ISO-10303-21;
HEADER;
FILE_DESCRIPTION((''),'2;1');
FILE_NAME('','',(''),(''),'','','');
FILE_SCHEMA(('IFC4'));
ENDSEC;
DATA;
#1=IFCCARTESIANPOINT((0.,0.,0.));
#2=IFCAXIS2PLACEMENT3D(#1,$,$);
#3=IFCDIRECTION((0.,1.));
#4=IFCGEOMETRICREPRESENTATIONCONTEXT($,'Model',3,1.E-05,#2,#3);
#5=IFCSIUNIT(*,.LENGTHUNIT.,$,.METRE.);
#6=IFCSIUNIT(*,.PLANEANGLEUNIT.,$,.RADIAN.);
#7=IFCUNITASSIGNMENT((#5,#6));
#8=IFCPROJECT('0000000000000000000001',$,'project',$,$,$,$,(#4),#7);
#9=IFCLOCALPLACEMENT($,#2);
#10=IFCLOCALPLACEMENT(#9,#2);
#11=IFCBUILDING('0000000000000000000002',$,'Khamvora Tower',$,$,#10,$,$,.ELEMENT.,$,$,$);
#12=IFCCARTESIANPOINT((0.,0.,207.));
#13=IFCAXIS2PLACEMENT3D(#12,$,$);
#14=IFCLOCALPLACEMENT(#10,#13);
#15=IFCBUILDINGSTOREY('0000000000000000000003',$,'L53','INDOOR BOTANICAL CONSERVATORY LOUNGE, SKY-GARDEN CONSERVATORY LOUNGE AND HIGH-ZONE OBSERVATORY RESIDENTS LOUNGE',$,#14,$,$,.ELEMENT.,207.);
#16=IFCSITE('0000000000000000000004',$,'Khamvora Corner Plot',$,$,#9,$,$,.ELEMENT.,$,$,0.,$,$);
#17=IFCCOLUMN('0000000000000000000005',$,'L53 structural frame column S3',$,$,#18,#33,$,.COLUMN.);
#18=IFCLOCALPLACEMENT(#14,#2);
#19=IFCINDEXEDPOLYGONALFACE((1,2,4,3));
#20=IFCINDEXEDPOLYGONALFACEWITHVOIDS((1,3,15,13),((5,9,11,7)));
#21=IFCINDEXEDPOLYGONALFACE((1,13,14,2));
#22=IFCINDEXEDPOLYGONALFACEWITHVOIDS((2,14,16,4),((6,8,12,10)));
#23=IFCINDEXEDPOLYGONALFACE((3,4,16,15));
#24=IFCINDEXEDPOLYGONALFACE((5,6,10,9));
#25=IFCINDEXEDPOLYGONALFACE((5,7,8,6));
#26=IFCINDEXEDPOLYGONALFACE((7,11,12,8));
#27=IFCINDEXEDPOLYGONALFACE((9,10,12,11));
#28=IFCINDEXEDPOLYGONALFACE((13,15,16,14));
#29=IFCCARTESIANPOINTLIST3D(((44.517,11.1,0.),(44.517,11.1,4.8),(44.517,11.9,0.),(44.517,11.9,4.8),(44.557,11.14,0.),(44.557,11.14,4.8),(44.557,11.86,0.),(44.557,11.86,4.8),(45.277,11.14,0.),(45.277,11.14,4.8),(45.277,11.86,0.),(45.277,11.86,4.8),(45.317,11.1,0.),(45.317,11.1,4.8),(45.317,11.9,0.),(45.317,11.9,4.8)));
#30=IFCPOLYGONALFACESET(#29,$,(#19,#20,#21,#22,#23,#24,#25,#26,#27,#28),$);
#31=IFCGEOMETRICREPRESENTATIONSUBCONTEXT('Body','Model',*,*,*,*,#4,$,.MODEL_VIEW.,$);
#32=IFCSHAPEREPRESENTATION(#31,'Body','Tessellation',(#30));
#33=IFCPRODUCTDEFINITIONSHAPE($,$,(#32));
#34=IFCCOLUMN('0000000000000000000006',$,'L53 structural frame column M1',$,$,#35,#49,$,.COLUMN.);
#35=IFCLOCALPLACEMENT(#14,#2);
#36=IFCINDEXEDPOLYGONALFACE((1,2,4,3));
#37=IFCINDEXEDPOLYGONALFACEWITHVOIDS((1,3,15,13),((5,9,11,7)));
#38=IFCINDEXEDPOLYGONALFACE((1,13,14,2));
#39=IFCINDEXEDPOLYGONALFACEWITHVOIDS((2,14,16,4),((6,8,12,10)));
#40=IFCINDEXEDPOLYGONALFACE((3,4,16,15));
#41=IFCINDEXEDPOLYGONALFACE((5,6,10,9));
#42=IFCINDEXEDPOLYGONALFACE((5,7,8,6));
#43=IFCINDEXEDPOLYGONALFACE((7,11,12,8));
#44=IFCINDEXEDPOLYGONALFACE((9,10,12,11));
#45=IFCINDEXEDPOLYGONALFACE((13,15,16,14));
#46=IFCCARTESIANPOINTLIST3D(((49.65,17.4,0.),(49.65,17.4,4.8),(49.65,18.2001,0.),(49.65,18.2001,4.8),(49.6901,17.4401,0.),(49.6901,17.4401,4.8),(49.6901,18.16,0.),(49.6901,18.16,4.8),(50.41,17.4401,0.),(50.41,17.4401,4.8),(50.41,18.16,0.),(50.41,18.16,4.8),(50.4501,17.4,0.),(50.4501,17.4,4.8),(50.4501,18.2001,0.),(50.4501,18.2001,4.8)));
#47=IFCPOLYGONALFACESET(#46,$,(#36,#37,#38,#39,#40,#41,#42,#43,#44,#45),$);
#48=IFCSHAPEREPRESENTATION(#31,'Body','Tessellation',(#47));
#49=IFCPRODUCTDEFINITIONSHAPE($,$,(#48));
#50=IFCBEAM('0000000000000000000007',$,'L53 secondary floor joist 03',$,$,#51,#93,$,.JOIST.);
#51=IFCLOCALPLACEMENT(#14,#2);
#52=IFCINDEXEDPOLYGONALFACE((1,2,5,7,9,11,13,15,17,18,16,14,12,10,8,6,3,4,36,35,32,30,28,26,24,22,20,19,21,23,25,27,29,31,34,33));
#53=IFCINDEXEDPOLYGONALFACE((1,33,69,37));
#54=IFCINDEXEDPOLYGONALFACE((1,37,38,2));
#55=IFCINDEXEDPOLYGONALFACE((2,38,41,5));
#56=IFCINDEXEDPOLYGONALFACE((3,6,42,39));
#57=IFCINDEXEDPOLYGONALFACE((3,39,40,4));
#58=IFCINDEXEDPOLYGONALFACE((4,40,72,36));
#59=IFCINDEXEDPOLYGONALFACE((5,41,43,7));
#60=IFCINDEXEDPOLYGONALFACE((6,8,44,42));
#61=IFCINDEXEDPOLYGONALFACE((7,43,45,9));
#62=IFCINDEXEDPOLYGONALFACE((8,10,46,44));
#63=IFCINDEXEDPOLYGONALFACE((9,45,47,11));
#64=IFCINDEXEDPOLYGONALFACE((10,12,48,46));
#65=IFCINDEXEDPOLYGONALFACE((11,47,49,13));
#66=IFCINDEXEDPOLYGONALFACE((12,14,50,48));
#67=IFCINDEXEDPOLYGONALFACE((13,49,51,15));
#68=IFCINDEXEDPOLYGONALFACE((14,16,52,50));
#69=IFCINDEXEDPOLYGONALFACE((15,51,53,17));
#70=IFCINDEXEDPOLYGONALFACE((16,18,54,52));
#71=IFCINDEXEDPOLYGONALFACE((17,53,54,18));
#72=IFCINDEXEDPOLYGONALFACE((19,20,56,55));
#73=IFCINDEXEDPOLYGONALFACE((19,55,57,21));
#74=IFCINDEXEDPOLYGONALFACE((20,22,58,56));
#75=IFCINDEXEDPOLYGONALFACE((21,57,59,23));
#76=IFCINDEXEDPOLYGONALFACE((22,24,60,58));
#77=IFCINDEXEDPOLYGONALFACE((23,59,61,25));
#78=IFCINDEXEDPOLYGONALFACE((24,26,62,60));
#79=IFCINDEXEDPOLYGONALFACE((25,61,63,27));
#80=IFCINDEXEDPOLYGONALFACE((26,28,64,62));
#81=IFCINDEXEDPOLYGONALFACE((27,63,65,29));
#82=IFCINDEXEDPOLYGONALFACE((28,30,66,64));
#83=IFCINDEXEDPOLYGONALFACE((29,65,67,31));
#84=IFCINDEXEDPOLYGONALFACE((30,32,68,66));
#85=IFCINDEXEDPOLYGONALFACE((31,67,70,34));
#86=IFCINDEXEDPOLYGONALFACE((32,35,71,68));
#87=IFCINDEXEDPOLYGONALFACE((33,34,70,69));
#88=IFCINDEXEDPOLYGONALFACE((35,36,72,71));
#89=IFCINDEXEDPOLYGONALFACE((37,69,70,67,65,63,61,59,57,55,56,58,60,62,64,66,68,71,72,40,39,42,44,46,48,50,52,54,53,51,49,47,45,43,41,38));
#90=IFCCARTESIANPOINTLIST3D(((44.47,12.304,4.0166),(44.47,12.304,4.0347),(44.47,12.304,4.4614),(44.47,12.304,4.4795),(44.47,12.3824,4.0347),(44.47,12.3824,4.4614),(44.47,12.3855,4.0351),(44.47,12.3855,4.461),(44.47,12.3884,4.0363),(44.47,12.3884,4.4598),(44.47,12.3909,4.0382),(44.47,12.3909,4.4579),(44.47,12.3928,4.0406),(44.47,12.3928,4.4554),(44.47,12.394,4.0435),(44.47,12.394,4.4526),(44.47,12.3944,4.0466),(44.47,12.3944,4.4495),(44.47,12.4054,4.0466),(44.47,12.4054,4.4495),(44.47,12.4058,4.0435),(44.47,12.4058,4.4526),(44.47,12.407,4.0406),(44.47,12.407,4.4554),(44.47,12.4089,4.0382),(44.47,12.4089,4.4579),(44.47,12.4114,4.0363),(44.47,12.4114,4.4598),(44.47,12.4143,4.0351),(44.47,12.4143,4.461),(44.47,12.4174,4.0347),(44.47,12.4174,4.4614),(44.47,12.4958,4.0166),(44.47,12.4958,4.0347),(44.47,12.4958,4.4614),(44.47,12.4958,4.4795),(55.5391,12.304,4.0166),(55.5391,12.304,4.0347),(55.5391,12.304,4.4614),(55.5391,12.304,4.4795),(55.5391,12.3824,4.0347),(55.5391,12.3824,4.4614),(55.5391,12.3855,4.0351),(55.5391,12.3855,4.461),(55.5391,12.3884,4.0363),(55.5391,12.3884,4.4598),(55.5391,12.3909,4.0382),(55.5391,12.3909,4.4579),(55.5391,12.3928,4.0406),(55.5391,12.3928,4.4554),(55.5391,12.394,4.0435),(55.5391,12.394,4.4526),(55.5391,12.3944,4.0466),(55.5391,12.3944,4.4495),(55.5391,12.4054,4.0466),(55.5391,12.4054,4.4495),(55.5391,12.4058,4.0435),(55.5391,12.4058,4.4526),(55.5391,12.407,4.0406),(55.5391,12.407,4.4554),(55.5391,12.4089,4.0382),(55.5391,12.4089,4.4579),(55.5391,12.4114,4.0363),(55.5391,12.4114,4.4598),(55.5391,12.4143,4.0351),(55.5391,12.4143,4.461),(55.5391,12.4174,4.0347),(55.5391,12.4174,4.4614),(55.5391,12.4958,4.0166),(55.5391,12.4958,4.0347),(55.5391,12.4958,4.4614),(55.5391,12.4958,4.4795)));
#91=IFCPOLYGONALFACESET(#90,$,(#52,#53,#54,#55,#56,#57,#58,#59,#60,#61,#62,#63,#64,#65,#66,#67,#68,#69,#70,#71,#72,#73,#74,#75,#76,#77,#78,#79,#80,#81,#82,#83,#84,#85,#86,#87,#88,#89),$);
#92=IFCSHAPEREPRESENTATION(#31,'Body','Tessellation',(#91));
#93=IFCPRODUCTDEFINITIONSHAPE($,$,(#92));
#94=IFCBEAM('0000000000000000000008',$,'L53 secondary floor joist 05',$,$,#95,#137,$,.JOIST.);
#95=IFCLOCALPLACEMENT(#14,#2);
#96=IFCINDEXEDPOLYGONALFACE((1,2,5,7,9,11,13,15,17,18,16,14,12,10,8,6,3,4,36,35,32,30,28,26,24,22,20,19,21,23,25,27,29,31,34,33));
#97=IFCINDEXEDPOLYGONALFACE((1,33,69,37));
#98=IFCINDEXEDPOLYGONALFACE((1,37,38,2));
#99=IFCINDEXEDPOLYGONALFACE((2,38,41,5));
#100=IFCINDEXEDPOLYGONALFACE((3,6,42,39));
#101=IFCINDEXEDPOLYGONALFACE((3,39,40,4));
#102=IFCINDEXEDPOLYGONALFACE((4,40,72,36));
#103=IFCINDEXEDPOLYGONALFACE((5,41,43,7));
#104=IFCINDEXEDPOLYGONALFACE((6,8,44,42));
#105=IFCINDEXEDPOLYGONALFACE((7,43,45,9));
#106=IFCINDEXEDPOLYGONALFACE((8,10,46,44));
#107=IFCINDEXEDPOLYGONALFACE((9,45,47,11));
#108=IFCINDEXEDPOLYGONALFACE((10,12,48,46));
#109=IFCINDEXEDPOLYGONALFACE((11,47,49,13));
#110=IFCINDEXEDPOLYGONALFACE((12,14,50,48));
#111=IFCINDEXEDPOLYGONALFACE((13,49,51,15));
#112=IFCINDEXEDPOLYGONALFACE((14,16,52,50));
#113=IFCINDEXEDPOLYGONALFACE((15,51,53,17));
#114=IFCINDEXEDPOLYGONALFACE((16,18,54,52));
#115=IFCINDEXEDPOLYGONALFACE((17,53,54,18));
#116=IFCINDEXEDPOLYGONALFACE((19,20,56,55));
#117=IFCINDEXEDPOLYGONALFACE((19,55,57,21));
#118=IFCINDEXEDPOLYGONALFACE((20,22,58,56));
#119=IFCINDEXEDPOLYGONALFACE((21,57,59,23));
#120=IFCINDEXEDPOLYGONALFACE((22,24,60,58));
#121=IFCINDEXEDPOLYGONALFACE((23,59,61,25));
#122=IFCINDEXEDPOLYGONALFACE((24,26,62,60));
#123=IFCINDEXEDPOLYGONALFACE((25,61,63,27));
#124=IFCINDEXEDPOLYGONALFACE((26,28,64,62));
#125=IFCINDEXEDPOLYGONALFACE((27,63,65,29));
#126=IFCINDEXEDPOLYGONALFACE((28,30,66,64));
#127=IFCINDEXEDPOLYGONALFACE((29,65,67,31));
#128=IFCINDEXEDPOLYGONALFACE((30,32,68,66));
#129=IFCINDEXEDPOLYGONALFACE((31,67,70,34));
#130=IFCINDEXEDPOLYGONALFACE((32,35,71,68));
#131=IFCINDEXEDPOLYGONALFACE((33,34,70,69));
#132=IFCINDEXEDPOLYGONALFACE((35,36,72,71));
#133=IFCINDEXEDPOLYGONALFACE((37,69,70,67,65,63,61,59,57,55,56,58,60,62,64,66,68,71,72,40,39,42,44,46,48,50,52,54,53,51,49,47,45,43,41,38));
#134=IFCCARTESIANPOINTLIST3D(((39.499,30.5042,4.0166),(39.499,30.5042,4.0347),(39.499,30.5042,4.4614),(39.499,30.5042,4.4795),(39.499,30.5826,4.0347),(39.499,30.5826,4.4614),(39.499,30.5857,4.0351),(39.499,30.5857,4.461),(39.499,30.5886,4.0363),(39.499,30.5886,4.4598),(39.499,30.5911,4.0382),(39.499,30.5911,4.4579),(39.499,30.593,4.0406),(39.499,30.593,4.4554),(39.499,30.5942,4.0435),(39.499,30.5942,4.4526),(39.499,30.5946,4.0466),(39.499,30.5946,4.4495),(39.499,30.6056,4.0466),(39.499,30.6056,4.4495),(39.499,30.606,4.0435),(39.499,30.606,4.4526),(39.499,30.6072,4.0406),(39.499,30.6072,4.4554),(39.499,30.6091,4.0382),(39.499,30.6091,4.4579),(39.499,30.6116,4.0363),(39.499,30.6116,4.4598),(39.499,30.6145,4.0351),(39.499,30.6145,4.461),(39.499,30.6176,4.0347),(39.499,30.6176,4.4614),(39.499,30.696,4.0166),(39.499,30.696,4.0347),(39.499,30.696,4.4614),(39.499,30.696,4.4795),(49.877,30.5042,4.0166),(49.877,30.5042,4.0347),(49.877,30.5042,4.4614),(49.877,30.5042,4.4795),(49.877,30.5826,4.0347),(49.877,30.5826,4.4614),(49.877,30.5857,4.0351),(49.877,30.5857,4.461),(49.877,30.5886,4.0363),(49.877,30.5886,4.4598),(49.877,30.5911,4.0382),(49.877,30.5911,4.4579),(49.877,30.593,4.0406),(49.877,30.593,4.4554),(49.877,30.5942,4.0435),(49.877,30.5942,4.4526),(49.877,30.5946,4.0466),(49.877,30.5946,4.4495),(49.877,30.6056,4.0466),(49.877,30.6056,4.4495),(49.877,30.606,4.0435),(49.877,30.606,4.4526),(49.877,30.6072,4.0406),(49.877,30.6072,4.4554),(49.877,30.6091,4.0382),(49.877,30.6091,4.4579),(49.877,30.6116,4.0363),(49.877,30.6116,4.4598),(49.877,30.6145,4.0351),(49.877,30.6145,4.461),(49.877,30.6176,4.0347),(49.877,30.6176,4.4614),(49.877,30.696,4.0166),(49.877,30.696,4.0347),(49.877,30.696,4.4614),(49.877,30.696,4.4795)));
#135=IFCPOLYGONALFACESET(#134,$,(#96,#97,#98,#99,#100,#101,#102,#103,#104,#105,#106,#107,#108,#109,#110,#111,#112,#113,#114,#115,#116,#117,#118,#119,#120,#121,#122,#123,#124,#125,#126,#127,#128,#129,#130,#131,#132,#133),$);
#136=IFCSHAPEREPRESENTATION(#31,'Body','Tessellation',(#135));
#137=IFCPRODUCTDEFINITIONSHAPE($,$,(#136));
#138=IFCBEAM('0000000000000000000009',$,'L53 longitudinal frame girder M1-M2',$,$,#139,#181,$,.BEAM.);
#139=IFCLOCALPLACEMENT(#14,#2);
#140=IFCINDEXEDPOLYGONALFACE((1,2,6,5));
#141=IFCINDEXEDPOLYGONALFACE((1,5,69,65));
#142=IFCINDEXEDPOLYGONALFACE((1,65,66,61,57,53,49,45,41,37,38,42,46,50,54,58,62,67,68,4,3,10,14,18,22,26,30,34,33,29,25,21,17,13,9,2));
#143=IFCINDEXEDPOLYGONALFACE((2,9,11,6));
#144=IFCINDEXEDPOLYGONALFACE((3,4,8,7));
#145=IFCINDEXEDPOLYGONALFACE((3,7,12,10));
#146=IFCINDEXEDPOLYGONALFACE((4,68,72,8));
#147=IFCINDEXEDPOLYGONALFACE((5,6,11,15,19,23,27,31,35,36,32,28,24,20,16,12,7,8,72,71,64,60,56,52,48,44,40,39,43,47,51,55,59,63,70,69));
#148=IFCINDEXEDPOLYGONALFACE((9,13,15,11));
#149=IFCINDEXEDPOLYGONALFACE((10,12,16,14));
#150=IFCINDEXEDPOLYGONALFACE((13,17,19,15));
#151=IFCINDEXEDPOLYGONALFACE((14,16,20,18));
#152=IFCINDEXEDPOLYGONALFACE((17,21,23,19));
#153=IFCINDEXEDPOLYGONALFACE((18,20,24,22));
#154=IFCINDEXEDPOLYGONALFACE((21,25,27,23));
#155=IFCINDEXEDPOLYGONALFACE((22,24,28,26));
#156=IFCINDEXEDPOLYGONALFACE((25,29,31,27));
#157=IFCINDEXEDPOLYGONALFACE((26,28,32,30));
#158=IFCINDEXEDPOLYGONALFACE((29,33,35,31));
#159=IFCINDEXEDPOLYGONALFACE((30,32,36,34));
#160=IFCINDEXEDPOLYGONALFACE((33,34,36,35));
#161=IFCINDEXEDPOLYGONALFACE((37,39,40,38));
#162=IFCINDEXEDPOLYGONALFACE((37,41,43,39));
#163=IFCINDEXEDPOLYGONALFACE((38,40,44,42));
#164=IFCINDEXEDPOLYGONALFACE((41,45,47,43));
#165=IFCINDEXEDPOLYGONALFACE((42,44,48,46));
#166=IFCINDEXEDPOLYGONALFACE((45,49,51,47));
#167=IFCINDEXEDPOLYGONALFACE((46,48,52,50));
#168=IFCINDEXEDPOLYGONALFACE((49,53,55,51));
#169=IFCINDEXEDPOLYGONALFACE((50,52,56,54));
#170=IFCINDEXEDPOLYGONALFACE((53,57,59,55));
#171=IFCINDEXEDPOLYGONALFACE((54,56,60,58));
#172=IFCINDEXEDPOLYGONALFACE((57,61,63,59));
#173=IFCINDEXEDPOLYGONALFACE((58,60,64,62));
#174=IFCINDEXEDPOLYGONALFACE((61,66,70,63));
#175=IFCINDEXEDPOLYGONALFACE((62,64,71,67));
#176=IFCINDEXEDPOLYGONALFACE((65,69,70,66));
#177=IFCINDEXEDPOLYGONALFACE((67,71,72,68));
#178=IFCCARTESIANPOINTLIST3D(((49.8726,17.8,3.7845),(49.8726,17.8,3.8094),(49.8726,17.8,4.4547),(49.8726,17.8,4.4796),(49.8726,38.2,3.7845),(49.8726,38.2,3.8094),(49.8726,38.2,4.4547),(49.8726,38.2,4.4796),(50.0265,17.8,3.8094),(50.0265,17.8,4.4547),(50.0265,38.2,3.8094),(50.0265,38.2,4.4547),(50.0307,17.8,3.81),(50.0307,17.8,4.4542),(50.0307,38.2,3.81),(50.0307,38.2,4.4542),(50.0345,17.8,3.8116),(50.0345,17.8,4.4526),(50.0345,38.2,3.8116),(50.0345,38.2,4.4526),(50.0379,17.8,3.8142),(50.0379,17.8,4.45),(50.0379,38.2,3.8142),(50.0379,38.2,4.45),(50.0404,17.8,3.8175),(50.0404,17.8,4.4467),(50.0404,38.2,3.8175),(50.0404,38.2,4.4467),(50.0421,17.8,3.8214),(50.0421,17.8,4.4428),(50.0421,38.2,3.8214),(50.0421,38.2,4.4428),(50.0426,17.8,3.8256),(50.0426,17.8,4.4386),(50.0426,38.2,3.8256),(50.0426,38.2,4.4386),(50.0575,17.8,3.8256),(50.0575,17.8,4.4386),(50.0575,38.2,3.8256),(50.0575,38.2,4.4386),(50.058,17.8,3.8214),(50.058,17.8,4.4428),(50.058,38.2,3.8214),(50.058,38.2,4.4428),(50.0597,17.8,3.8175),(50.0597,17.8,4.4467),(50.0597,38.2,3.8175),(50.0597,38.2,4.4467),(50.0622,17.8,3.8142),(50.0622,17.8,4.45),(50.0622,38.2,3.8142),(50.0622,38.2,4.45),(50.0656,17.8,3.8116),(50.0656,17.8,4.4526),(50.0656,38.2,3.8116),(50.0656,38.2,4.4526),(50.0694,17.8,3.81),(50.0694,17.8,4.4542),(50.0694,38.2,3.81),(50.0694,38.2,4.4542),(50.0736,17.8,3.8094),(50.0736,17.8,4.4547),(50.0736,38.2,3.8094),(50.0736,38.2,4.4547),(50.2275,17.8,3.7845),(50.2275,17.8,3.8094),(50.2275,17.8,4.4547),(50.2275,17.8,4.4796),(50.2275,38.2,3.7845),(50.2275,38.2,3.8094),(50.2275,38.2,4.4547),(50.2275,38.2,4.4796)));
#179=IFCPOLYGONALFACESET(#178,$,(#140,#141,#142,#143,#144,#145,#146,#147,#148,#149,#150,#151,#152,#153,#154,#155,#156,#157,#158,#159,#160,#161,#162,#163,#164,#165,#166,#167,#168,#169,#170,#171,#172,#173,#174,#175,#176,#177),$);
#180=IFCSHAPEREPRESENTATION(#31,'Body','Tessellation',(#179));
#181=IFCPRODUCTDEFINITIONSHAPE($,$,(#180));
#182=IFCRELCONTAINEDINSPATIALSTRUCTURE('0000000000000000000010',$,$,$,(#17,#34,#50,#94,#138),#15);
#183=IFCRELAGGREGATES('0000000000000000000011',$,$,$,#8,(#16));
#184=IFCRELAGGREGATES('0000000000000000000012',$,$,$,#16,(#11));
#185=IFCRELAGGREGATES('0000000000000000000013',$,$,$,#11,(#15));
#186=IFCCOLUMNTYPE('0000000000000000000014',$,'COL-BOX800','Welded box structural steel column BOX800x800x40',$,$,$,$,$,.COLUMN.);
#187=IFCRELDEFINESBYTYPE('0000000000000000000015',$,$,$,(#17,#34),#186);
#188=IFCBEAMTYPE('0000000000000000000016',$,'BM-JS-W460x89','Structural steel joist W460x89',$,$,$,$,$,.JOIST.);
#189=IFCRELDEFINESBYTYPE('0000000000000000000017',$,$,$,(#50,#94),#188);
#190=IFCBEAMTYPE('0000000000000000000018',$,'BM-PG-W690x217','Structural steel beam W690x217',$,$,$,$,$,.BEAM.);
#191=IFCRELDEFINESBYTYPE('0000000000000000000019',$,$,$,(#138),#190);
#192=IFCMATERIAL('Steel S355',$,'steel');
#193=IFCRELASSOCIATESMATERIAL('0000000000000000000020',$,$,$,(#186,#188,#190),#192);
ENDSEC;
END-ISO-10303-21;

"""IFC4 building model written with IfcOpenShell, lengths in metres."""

from ifc_helpers import new_model, si_unit, direction, frame, origin, origin_2d, place, context, subcontext, project, spatial, hollow_rectangle, i_section, extrude, material, material_profile, profile_set, type_object, element, save


model = new_model("IFC4")

# Units and contexts
model_context = context("Model", 3, precision=1e-05, world=origin(), true_north=direction((0.0, 1.0)))
body_context = subcontext(model_context, "Body", "Model", "MODEL_VIEW")
ifc_project = project(units=[si_unit("LENGTHUNIT", "METRE"), si_unit("PLANEANGLEUNIT", "RADIAN")], contexts=[model_context])

# Site, building, storey
site_placement = place(None, origin())
site = spatial("IfcSite", under=ifc_project, at=site_placement, Name="Khamvora Corner Plot", CompositionType="ELEMENT", RefElevation=0.0)
building_placement = place(site_placement, origin())
building = spatial("IfcBuilding", under=site, at=building_placement, Name="Khamvora Tower", CompositionType="ELEMENT")
storey_placement = place(building_placement, frame((0.0, 0.0, 207.0)))
storey = spatial("IfcBuildingStorey", under=building, at=storey_placement, Name="L53", Description="INDOOR BOTANICAL CONSERVATORY LOUNGE, SKY-GARDEN CONSERVATORY LOUNGE AND HIGH-ZONE OBSERVATORY RESIDENTS LOUNGE", CompositionType="ELEMENT", Elevation=207.0)

# Columns
ifc_material_1 = material(Name="Steel S355", Category="steel")
ifc_material_profile_1 = material_profile(ifc_material_1, hollow_rectangle(XDim=0.8, YDim=0.8, WallThickness=0.04, at=origin_2d()), Name="BOX800x800x40")
ifc_profile_set_1 = profile_set([ifc_material_profile_1], Name="Steel S355")
column_type = type_object("IfcColumnType", Name="COL-BOX800", Description="Welded box structural steel column BOX800x800x40", PredefinedType="COLUMN", material=ifc_profile_set_1)
for number, where, z_axis, x_axis, name in (
    (1, (44.917, 11.5, 0.0), (0.0, 0.0, 1.0), (1.0, 0.0, 0.0), "L53 structural frame column S3"),
    (2, (50.05, 17.8, 0.0), (0.0, 0.0, 1.0), (1.0, 0.0, 0.0), "L53 structural frame column M1"),
):
    element("IfcColumn", number, at=place(storey_placement, frame(where, z_axis=z_axis, x_axis=x_axis)), inside=storey, type_object=column_type, Name=name, PredefinedType="COLUMN", context=body_context, shape_type="SweptSolid", body=[
        extrude(hollow_rectangle(XDim=0.8, YDim=0.8, WallThickness=0.04, at=origin_2d()), origin(), (0.0, 0.0, 1.0), 4.8),
    ])

# Beams
ifc_material_profile_2 = material_profile(ifc_material_1, i_section(OverallWidth=0.1919, OverallDepth=0.4629, WebThickness=0.011, FlangeThickness=0.0181, FilletRadius=0.012, at=origin_2d()), Name="W460x89")
ifc_profile_set_2 = profile_set([ifc_material_profile_2], Name="Steel S355")
beam_type_1 = type_object("IfcBeamType", Name="BM-JS-W460x89", Description="Structural steel joist W460x89", PredefinedType="JOIST", material=ifc_profile_set_2)
beam_1_placement = place(storey_placement, frame((44.47, 12.3999, 4.248), z_axis=(1.0, 0.0, 0.0), x_axis=(0.0, 1.0, 0.0)))
element("IfcBeam", 3, at=beam_1_placement, inside=storey, type_object=beam_type_1, Name="L53 secondary floor joist 03", PredefinedType="JOIST", context=body_context, shape_type="SweptSolid", body=[
    extrude(i_section(OverallWidth=0.1919, OverallDepth=0.4629, WebThickness=0.011, FlangeThickness=0.0181, FilletRadius=0.012, at=origin_2d()), origin(), (0.0, 0.0, 1.0), 11.0691),
])
beam_2_placement = place(storey_placement, frame((39.499, 30.6001, 4.248), z_axis=(1.0, 0.0, 0.0), x_axis=(0.0, 1.0, 0.0)))
element("IfcBeam", 4, at=beam_2_placement, inside=storey, type_object=beam_type_1, Name="L53 secondary floor joist 05", PredefinedType="JOIST", context=body_context, shape_type="SweptSolid", body=[
    extrude(i_section(OverallWidth=0.1919, OverallDepth=0.4629, WebThickness=0.011, FlangeThickness=0.0181, FilletRadius=0.012, at=origin_2d()), origin(), (0.0, 0.0, 1.0), 10.3779),
])
ifc_material_profile_3 = material_profile(ifc_material_1, i_section(OverallWidth=0.355, OverallDepth=0.6951, WebThickness=0.0149, FlangeThickness=0.0249, FilletRadius=0.0161, at=origin_2d()), Name="W690x217")
ifc_profile_set_3 = profile_set([ifc_material_profile_3], Name="Steel S355")
beam_type_2 = type_object("IfcBeamType", Name="BM-PG-W690x217", Description="Structural steel beam W690x217", PredefinedType="BEAM", material=ifc_profile_set_3)
beam_3_placement = place(storey_placement, frame((50.05, 17.8, 4.1321), z_axis=(0.0, 1.0, 0.0), x_axis=(-1.0, 0.0, 0.0)))
element("IfcBeam", 5, at=beam_3_placement, inside=storey, type_object=beam_type_2, Name="L53 longitudinal frame girder M1-M2", PredefinedType="BEAM", context=body_context, shape_type="SweptSolid", body=[
    extrude(i_section(OverallWidth=0.355, OverallDepth=0.6951, WebThickness=0.0149, FlangeThickness=0.0249, FilletRadius=0.0161, at=origin_2d()), origin(), (0.0, 0.0, 1.0), 20.3999),
])

save(model, "model.ifc")
